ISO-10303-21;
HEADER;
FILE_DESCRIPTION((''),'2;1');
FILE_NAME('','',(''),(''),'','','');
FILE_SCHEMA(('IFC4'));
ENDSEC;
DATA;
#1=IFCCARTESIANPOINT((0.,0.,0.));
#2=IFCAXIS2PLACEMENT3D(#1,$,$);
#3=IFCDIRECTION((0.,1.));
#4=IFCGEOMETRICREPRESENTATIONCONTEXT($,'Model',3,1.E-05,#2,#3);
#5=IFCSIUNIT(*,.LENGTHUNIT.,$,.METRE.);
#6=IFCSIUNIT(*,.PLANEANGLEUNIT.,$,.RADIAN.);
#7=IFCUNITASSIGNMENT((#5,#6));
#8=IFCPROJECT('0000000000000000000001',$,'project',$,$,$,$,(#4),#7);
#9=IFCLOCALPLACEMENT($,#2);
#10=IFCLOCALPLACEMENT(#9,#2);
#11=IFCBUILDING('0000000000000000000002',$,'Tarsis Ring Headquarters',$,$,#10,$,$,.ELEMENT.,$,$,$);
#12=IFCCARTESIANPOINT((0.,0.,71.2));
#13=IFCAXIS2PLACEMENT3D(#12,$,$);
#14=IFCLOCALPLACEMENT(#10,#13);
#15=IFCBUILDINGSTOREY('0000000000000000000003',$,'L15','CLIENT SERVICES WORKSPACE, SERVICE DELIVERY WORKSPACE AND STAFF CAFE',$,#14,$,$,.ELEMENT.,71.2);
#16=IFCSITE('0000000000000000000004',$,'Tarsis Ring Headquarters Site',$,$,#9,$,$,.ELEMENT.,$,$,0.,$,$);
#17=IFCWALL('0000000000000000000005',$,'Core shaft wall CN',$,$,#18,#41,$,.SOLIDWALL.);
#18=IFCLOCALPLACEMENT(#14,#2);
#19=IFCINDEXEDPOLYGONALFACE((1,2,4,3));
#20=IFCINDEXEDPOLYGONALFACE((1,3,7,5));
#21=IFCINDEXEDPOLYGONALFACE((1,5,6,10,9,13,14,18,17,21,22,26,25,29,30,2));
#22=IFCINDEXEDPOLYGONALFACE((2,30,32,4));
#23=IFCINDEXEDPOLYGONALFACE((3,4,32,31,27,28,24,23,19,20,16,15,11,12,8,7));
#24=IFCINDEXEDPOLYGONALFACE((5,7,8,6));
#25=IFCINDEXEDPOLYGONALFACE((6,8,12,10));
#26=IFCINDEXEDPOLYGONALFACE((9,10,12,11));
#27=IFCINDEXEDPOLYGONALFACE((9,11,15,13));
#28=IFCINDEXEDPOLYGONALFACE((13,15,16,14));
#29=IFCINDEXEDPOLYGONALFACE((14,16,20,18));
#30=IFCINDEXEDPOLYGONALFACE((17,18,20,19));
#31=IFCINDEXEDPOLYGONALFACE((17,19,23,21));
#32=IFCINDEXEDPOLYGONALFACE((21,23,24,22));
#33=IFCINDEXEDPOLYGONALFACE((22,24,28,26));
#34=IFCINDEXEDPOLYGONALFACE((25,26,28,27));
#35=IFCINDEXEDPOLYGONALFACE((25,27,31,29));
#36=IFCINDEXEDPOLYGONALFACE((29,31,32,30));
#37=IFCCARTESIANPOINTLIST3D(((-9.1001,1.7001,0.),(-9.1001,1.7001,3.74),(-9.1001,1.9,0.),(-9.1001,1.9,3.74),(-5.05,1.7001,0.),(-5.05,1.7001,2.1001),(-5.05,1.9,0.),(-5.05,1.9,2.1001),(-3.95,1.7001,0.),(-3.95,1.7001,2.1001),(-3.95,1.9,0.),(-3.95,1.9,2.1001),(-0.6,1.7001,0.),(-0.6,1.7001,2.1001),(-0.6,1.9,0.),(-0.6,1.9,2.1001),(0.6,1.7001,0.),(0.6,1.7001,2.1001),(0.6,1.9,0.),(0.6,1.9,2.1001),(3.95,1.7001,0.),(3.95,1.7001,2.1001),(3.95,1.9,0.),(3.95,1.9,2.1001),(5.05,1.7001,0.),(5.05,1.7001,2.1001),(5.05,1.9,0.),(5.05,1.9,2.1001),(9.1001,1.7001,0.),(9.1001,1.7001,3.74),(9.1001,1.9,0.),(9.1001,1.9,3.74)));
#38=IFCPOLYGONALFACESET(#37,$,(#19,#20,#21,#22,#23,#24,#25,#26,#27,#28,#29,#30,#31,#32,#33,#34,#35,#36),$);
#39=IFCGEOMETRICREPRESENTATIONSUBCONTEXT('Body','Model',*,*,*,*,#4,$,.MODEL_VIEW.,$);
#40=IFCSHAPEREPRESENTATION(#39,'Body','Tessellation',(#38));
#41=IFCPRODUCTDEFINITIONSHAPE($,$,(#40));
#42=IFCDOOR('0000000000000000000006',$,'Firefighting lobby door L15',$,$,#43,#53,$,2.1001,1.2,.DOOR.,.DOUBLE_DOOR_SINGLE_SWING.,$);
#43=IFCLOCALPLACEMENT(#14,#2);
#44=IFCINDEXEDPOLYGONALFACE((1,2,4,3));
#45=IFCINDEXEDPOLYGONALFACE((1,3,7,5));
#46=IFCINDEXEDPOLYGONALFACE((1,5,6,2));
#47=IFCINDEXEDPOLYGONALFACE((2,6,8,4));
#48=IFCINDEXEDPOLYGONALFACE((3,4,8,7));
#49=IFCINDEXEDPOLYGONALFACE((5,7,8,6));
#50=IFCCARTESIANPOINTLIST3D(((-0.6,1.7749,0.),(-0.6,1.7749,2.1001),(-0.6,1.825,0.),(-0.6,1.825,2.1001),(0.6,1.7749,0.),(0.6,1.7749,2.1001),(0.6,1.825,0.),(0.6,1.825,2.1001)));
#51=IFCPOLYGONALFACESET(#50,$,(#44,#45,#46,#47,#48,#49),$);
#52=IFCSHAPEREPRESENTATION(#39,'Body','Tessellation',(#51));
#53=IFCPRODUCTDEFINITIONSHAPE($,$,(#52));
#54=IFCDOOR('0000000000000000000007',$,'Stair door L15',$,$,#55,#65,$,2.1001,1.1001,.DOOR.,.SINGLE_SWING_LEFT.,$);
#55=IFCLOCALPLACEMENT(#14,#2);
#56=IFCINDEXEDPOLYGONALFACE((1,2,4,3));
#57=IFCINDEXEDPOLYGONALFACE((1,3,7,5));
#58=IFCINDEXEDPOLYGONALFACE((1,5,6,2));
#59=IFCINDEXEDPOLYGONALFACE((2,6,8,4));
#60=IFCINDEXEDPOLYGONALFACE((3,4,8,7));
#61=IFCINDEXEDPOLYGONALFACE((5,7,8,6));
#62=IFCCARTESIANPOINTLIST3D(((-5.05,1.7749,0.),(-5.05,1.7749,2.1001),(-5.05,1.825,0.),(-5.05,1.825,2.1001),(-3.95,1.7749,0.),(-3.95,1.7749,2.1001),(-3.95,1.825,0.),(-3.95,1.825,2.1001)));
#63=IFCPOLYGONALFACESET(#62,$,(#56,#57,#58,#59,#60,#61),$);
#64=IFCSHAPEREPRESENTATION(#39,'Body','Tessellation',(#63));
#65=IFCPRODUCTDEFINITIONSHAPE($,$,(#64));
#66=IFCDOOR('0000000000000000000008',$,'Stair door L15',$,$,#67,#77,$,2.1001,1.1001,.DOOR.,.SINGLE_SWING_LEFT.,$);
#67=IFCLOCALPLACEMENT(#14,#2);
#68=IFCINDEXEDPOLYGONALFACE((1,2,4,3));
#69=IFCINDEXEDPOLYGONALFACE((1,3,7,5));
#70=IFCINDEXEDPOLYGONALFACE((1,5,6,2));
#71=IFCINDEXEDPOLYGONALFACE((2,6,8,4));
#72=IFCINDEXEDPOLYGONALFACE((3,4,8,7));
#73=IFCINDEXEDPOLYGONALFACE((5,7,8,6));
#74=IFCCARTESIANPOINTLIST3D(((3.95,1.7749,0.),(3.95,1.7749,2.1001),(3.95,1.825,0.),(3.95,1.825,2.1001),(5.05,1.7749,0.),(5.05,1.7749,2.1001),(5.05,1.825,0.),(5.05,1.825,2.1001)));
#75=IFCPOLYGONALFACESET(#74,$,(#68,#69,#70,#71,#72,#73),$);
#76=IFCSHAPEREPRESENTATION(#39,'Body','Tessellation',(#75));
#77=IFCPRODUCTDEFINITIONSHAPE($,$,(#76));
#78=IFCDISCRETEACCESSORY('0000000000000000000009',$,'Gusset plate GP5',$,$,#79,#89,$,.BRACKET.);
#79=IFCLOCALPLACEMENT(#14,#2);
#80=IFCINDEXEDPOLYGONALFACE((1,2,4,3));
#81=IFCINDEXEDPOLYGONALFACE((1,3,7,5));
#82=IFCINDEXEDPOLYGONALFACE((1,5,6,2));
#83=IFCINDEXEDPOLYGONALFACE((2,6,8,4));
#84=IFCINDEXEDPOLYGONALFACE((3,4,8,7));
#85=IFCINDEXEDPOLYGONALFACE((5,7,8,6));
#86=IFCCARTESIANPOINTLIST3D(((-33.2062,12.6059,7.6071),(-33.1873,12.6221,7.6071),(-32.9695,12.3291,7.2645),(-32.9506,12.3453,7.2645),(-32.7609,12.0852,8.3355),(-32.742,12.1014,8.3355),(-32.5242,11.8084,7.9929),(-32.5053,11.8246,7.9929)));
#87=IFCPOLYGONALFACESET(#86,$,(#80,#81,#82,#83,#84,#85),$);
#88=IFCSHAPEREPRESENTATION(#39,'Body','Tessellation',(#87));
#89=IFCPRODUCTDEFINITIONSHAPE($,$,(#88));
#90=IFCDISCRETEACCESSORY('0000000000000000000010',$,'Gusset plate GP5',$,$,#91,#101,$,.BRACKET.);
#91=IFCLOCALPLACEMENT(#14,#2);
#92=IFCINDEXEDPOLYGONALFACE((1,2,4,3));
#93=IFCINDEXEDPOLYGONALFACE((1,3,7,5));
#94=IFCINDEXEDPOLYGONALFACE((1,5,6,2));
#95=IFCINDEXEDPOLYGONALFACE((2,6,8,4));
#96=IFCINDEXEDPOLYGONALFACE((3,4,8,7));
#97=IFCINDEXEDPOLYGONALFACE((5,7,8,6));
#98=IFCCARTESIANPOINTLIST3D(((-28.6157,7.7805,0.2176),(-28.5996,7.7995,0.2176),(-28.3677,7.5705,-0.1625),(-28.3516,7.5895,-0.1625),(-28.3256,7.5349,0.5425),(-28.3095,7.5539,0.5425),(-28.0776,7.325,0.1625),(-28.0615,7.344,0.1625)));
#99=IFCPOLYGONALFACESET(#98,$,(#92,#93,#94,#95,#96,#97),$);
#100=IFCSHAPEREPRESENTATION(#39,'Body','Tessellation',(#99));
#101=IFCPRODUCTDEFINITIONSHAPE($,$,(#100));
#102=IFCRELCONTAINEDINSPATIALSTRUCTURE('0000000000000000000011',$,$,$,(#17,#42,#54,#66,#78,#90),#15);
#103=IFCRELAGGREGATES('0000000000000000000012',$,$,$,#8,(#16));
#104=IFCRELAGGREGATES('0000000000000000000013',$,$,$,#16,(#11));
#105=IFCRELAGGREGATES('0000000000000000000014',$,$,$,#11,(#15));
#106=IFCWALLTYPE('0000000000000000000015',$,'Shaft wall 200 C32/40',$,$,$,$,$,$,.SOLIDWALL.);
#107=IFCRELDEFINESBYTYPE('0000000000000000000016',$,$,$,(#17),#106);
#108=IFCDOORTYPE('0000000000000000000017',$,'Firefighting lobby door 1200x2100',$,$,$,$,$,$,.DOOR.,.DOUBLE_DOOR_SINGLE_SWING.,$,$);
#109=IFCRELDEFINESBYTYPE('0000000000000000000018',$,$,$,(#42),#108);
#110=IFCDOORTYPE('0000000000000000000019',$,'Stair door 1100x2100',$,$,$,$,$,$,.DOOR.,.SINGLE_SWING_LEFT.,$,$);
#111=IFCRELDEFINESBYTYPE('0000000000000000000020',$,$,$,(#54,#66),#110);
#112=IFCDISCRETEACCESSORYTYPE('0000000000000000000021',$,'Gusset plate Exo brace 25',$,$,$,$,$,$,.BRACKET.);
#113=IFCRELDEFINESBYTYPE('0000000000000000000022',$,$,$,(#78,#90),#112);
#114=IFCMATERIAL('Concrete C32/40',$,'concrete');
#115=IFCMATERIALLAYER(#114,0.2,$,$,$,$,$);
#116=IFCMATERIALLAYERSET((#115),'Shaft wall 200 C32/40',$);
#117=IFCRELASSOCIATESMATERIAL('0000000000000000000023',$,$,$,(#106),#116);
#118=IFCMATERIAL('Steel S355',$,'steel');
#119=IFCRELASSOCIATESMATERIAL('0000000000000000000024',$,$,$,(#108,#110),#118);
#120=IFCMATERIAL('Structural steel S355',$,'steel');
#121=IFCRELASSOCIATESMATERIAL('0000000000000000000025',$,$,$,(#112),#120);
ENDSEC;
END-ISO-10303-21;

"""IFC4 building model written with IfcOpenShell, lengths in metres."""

from ifc_helpers import new_model, si_unit, direction, frame, frame_2d, origin, origin_2d, place, context, subcontext, project, spatial, rectangle, extrude, material, layer, layer_set, material_profile, profile_set, type_object, element, fill, save


model = new_model("IFC4")

# Units and contexts
model_context = context("Model", 3, precision=1e-05, world=origin(), true_north=direction((0.0, 1.0)))
body_context = subcontext(model_context, "Body", "Model", "MODEL_VIEW")
ifc_project = project(units=[si_unit("LENGTHUNIT", "METRE"), si_unit("PLANEANGLEUNIT", "RADIAN")], contexts=[model_context])

# Site, building, storey
site_placement = place(None, origin())
site = spatial("IfcSite", under=ifc_project, at=site_placement, Name="Tarsis Ring Headquarters Site", CompositionType="ELEMENT", RefElevation=0.0)
building_placement = place(site_placement, origin())
building = spatial("IfcBuilding", under=site, at=building_placement, Name="Tarsis Ring Headquarters", CompositionType="ELEMENT")
storey_placement = place(building_placement, frame((0.0, 0.0, 71.2)))
storey = spatial("IfcBuildingStorey", under=building, at=storey_placement, Name="L15", Description="CLIENT SERVICES WORKSPACE, SERVICE DELIVERY WORKSPACE AND STAFF CAFE", CompositionType="ELEMENT", Elevation=71.2)

# Shared definitions
ifc_material_1 = material(Name="Structural steel S355", Category="steel")

# Wall, openings, doors
ifc_material_2 = material(Name="Concrete C32/40", Category="concrete")
ifc_layer_1 = layer(ifc_material_2, 0.2)
ifc_layer_set_1 = layer_set([ifc_layer_1], Name="Shaft wall 200 C32/40")
wall_type_1 = type_object("IfcWallType", Name="Shaft wall 200 C32/40", PredefinedType="SOLIDWALL", material=ifc_layer_set_1)
wall_1_placement = place(storey_placement, frame((-9.1001, 1.8, 0.0), z_axis=(0.0, 0.0, 1.0), x_axis=(1.0, 0.0, 0.0)))
wall_1 = element("IfcWall", 1, at=wall_1_placement, inside=storey, type_object=wall_type_1, Name="Core shaft wall CN", PredefinedType="SOLIDWALL", context=body_context, shape_type="SweptSolid", body=[
    extrude(rectangle(XDim=18.2002, YDim=0.2, at=frame_2d((9.1001, 0.0))), origin(), (0.0, 0.0, 1.0), 3.74),
])
opening_1_placement = place(wall_1_placement, frame((4.05, 0.0, 0.0)))
opening_1 = element("IfcOpeningElement", 2, at=opening_1_placement, cuts=wall_1, PredefinedType="OPENING", context=body_context, shape_type="SweptSolid", body=[
    extrude(rectangle(XDim=1.1001, YDim=2.1001, at=frame_2d((0.55, 1.05))), frame((0.0, 0.1099, 0.0), z_axis=(0.0, -1.0, 0.0), x_axis=(1.0, 0.0, 0.0)), (0.0, 0.0, 1.0), 0.22),
])
opening_2_placement = place(wall_1_placement, frame((8.5, 0.0, 0.0)))
opening_2 = element("IfcOpeningElement", 3, at=opening_2_placement, cuts=wall_1, PredefinedType="OPENING", context=body_context, shape_type="SweptSolid", body=[
    extrude(rectangle(XDim=1.2, YDim=2.1001, at=frame_2d((0.6001, 1.05))), frame((0.0, 0.1099, 0.0), z_axis=(0.0, -1.0, 0.0), x_axis=(1.0, 0.0, 0.0)), (0.0, 0.0, 1.0), 0.22),
])
opening_3_placement = place(wall_1_placement, frame((13.05, 0.0, 0.0)))
opening_3 = element("IfcOpeningElement", 4, at=opening_3_placement, cuts=wall_1, PredefinedType="OPENING", context=body_context, shape_type="SweptSolid", body=[
    extrude(rectangle(XDim=1.1001, YDim=2.1001, at=frame_2d((0.55, 1.05))), frame((0.0, 0.1099, 0.0), z_axis=(0.0, -1.0, 0.0), x_axis=(1.0, 0.0, 0.0)), (0.0, 0.0, 1.0), 0.22),
])
ifc_material_3 = material(Name="Steel S355", Category="steel")
door_type_1 = type_object("IfcDoorType", Name="Firefighting lobby door 1200x2100", OperationType="DOUBLE_DOOR_SINGLE_SWING", PredefinedType="DOOR", material=ifc_material_3)
door_1_placement = place(opening_2_placement, origin())
door_1 = element("IfcDoor", 5, at=door_1_placement, inside=storey, type_object=door_type_1, Name="Firefighting lobby door L15", OperationType="DOUBLE_DOOR_SINGLE_SWING", OverallHeight=2.1001, OverallWidth=1.2, PredefinedType="DOOR", context=body_context, shape_type="SweptSolid", body=[
    extrude(rectangle(XDim=1.2, YDim=2.1001, at=frame_2d((0.6001, 1.05))), frame((0.0, 0.0249, 0.0), z_axis=(0.0, -1.0, 0.0), x_axis=(1.0, 0.0, 0.0)), (0.0, 0.0, 1.0), 0.05),
])
fill(opening_2, door_1)
door_type_2 = type_object("IfcDoorType", Name="Stair door 1100x2100", OperationType="SINGLE_SWING_LEFT", PredefinedType="DOOR", material=ifc_material_3)
door_2_placement = place(opening_1_placement, origin())
door_2 = element("IfcDoor", 6, at=door_2_placement, inside=storey, type_object=door_type_2, Name="Stair door L15", OperationType="SINGLE_SWING_LEFT", OverallHeight=2.1001, OverallWidth=1.1001, PredefinedType="DOOR", context=body_context, shape_type="SweptSolid", body=[
    extrude(rectangle(XDim=1.1001, YDim=2.1001, at=frame_2d((0.55, 1.05))), frame((0.0, 0.0249, 0.0), z_axis=(0.0, -1.0, 0.0), x_axis=(1.0, 0.0, 0.0)), (0.0, 0.0, 1.0), 0.05),
])
fill(opening_1, door_2)
door_3_placement = place(opening_3_placement, origin())
door_3 = element("IfcDoor", 7, at=door_3_placement, inside=storey, type_object=door_type_2, Name="Stair door L15", OperationType="SINGLE_SWING_LEFT", OverallHeight=2.1001, OverallWidth=1.1001, PredefinedType="DOOR", context=body_context, shape_type="SweptSolid", body=[
    extrude(rectangle(XDim=1.1001, YDim=2.1001, at=frame_2d((0.55, 1.05))), frame((0.0, 0.0249, 0.0), z_axis=(0.0, -1.0, 0.0), x_axis=(1.0, 0.0, 0.0)), (0.0, 0.0, 1.0), 0.05),
])
fill(opening_3, door_3)

# Discrete accessories
ifc_material_profile_1 = material_profile(ifc_material_1, rectangle(XDim=0.0249, YDim=0.5, at=origin_2d()), Name="PL 25x500")
ifc_profile_set_1 = profile_set([ifc_material_profile_1], Name="Structural steel S355")
discrete_accessory_type = type_object("IfcDiscreteAccessoryType", Name="Gusset plate Exo brace 25", PredefinedType="BRACKET", material=ifc_profile_set_1)
discrete_accessory_1_placement = place(storey_placement, frame((-33.0784, 12.4756, 7.4358), z_axis=(0.445263, -0.520694, 0.728435), x_axis=(0.760011, 0.649911, 0.0)))
element("IfcDiscreteAccessory", 8, at=discrete_accessory_1_placement, inside=storey, type_object=discrete_accessory_type, Name="Gusset plate GP5", PredefinedType="BRACKET", context=body_context, shape_type="SweptSolid", body=[
    extrude(rectangle(XDim=0.0249, YDim=0.5, at=origin_2d()), origin(), (0.0, 0.0, 1.0), 1.0),
])
discrete_accessory_2_placement = place(storey_placement, frame((-28.2146, 7.4573, 0.0), z_axis=(-0.495987, 0.419832, 0.760091), x_axis=(-0.646077, -0.763272, 0.0)))
element("IfcDiscreteAccessory", 9, at=discrete_accessory_2_placement, inside=storey, type_object=discrete_accessory_type, Name="Gusset plate GP5", PredefinedType="BRACKET", context=body_context, shape_type="SweptSolid", body=[
    extrude(rectangle(XDim=0.0249, YDim=0.5, at=origin_2d()), origin(), (0.0, 0.0, 1.0), 0.5),
])

save(model, "model.ifc")
